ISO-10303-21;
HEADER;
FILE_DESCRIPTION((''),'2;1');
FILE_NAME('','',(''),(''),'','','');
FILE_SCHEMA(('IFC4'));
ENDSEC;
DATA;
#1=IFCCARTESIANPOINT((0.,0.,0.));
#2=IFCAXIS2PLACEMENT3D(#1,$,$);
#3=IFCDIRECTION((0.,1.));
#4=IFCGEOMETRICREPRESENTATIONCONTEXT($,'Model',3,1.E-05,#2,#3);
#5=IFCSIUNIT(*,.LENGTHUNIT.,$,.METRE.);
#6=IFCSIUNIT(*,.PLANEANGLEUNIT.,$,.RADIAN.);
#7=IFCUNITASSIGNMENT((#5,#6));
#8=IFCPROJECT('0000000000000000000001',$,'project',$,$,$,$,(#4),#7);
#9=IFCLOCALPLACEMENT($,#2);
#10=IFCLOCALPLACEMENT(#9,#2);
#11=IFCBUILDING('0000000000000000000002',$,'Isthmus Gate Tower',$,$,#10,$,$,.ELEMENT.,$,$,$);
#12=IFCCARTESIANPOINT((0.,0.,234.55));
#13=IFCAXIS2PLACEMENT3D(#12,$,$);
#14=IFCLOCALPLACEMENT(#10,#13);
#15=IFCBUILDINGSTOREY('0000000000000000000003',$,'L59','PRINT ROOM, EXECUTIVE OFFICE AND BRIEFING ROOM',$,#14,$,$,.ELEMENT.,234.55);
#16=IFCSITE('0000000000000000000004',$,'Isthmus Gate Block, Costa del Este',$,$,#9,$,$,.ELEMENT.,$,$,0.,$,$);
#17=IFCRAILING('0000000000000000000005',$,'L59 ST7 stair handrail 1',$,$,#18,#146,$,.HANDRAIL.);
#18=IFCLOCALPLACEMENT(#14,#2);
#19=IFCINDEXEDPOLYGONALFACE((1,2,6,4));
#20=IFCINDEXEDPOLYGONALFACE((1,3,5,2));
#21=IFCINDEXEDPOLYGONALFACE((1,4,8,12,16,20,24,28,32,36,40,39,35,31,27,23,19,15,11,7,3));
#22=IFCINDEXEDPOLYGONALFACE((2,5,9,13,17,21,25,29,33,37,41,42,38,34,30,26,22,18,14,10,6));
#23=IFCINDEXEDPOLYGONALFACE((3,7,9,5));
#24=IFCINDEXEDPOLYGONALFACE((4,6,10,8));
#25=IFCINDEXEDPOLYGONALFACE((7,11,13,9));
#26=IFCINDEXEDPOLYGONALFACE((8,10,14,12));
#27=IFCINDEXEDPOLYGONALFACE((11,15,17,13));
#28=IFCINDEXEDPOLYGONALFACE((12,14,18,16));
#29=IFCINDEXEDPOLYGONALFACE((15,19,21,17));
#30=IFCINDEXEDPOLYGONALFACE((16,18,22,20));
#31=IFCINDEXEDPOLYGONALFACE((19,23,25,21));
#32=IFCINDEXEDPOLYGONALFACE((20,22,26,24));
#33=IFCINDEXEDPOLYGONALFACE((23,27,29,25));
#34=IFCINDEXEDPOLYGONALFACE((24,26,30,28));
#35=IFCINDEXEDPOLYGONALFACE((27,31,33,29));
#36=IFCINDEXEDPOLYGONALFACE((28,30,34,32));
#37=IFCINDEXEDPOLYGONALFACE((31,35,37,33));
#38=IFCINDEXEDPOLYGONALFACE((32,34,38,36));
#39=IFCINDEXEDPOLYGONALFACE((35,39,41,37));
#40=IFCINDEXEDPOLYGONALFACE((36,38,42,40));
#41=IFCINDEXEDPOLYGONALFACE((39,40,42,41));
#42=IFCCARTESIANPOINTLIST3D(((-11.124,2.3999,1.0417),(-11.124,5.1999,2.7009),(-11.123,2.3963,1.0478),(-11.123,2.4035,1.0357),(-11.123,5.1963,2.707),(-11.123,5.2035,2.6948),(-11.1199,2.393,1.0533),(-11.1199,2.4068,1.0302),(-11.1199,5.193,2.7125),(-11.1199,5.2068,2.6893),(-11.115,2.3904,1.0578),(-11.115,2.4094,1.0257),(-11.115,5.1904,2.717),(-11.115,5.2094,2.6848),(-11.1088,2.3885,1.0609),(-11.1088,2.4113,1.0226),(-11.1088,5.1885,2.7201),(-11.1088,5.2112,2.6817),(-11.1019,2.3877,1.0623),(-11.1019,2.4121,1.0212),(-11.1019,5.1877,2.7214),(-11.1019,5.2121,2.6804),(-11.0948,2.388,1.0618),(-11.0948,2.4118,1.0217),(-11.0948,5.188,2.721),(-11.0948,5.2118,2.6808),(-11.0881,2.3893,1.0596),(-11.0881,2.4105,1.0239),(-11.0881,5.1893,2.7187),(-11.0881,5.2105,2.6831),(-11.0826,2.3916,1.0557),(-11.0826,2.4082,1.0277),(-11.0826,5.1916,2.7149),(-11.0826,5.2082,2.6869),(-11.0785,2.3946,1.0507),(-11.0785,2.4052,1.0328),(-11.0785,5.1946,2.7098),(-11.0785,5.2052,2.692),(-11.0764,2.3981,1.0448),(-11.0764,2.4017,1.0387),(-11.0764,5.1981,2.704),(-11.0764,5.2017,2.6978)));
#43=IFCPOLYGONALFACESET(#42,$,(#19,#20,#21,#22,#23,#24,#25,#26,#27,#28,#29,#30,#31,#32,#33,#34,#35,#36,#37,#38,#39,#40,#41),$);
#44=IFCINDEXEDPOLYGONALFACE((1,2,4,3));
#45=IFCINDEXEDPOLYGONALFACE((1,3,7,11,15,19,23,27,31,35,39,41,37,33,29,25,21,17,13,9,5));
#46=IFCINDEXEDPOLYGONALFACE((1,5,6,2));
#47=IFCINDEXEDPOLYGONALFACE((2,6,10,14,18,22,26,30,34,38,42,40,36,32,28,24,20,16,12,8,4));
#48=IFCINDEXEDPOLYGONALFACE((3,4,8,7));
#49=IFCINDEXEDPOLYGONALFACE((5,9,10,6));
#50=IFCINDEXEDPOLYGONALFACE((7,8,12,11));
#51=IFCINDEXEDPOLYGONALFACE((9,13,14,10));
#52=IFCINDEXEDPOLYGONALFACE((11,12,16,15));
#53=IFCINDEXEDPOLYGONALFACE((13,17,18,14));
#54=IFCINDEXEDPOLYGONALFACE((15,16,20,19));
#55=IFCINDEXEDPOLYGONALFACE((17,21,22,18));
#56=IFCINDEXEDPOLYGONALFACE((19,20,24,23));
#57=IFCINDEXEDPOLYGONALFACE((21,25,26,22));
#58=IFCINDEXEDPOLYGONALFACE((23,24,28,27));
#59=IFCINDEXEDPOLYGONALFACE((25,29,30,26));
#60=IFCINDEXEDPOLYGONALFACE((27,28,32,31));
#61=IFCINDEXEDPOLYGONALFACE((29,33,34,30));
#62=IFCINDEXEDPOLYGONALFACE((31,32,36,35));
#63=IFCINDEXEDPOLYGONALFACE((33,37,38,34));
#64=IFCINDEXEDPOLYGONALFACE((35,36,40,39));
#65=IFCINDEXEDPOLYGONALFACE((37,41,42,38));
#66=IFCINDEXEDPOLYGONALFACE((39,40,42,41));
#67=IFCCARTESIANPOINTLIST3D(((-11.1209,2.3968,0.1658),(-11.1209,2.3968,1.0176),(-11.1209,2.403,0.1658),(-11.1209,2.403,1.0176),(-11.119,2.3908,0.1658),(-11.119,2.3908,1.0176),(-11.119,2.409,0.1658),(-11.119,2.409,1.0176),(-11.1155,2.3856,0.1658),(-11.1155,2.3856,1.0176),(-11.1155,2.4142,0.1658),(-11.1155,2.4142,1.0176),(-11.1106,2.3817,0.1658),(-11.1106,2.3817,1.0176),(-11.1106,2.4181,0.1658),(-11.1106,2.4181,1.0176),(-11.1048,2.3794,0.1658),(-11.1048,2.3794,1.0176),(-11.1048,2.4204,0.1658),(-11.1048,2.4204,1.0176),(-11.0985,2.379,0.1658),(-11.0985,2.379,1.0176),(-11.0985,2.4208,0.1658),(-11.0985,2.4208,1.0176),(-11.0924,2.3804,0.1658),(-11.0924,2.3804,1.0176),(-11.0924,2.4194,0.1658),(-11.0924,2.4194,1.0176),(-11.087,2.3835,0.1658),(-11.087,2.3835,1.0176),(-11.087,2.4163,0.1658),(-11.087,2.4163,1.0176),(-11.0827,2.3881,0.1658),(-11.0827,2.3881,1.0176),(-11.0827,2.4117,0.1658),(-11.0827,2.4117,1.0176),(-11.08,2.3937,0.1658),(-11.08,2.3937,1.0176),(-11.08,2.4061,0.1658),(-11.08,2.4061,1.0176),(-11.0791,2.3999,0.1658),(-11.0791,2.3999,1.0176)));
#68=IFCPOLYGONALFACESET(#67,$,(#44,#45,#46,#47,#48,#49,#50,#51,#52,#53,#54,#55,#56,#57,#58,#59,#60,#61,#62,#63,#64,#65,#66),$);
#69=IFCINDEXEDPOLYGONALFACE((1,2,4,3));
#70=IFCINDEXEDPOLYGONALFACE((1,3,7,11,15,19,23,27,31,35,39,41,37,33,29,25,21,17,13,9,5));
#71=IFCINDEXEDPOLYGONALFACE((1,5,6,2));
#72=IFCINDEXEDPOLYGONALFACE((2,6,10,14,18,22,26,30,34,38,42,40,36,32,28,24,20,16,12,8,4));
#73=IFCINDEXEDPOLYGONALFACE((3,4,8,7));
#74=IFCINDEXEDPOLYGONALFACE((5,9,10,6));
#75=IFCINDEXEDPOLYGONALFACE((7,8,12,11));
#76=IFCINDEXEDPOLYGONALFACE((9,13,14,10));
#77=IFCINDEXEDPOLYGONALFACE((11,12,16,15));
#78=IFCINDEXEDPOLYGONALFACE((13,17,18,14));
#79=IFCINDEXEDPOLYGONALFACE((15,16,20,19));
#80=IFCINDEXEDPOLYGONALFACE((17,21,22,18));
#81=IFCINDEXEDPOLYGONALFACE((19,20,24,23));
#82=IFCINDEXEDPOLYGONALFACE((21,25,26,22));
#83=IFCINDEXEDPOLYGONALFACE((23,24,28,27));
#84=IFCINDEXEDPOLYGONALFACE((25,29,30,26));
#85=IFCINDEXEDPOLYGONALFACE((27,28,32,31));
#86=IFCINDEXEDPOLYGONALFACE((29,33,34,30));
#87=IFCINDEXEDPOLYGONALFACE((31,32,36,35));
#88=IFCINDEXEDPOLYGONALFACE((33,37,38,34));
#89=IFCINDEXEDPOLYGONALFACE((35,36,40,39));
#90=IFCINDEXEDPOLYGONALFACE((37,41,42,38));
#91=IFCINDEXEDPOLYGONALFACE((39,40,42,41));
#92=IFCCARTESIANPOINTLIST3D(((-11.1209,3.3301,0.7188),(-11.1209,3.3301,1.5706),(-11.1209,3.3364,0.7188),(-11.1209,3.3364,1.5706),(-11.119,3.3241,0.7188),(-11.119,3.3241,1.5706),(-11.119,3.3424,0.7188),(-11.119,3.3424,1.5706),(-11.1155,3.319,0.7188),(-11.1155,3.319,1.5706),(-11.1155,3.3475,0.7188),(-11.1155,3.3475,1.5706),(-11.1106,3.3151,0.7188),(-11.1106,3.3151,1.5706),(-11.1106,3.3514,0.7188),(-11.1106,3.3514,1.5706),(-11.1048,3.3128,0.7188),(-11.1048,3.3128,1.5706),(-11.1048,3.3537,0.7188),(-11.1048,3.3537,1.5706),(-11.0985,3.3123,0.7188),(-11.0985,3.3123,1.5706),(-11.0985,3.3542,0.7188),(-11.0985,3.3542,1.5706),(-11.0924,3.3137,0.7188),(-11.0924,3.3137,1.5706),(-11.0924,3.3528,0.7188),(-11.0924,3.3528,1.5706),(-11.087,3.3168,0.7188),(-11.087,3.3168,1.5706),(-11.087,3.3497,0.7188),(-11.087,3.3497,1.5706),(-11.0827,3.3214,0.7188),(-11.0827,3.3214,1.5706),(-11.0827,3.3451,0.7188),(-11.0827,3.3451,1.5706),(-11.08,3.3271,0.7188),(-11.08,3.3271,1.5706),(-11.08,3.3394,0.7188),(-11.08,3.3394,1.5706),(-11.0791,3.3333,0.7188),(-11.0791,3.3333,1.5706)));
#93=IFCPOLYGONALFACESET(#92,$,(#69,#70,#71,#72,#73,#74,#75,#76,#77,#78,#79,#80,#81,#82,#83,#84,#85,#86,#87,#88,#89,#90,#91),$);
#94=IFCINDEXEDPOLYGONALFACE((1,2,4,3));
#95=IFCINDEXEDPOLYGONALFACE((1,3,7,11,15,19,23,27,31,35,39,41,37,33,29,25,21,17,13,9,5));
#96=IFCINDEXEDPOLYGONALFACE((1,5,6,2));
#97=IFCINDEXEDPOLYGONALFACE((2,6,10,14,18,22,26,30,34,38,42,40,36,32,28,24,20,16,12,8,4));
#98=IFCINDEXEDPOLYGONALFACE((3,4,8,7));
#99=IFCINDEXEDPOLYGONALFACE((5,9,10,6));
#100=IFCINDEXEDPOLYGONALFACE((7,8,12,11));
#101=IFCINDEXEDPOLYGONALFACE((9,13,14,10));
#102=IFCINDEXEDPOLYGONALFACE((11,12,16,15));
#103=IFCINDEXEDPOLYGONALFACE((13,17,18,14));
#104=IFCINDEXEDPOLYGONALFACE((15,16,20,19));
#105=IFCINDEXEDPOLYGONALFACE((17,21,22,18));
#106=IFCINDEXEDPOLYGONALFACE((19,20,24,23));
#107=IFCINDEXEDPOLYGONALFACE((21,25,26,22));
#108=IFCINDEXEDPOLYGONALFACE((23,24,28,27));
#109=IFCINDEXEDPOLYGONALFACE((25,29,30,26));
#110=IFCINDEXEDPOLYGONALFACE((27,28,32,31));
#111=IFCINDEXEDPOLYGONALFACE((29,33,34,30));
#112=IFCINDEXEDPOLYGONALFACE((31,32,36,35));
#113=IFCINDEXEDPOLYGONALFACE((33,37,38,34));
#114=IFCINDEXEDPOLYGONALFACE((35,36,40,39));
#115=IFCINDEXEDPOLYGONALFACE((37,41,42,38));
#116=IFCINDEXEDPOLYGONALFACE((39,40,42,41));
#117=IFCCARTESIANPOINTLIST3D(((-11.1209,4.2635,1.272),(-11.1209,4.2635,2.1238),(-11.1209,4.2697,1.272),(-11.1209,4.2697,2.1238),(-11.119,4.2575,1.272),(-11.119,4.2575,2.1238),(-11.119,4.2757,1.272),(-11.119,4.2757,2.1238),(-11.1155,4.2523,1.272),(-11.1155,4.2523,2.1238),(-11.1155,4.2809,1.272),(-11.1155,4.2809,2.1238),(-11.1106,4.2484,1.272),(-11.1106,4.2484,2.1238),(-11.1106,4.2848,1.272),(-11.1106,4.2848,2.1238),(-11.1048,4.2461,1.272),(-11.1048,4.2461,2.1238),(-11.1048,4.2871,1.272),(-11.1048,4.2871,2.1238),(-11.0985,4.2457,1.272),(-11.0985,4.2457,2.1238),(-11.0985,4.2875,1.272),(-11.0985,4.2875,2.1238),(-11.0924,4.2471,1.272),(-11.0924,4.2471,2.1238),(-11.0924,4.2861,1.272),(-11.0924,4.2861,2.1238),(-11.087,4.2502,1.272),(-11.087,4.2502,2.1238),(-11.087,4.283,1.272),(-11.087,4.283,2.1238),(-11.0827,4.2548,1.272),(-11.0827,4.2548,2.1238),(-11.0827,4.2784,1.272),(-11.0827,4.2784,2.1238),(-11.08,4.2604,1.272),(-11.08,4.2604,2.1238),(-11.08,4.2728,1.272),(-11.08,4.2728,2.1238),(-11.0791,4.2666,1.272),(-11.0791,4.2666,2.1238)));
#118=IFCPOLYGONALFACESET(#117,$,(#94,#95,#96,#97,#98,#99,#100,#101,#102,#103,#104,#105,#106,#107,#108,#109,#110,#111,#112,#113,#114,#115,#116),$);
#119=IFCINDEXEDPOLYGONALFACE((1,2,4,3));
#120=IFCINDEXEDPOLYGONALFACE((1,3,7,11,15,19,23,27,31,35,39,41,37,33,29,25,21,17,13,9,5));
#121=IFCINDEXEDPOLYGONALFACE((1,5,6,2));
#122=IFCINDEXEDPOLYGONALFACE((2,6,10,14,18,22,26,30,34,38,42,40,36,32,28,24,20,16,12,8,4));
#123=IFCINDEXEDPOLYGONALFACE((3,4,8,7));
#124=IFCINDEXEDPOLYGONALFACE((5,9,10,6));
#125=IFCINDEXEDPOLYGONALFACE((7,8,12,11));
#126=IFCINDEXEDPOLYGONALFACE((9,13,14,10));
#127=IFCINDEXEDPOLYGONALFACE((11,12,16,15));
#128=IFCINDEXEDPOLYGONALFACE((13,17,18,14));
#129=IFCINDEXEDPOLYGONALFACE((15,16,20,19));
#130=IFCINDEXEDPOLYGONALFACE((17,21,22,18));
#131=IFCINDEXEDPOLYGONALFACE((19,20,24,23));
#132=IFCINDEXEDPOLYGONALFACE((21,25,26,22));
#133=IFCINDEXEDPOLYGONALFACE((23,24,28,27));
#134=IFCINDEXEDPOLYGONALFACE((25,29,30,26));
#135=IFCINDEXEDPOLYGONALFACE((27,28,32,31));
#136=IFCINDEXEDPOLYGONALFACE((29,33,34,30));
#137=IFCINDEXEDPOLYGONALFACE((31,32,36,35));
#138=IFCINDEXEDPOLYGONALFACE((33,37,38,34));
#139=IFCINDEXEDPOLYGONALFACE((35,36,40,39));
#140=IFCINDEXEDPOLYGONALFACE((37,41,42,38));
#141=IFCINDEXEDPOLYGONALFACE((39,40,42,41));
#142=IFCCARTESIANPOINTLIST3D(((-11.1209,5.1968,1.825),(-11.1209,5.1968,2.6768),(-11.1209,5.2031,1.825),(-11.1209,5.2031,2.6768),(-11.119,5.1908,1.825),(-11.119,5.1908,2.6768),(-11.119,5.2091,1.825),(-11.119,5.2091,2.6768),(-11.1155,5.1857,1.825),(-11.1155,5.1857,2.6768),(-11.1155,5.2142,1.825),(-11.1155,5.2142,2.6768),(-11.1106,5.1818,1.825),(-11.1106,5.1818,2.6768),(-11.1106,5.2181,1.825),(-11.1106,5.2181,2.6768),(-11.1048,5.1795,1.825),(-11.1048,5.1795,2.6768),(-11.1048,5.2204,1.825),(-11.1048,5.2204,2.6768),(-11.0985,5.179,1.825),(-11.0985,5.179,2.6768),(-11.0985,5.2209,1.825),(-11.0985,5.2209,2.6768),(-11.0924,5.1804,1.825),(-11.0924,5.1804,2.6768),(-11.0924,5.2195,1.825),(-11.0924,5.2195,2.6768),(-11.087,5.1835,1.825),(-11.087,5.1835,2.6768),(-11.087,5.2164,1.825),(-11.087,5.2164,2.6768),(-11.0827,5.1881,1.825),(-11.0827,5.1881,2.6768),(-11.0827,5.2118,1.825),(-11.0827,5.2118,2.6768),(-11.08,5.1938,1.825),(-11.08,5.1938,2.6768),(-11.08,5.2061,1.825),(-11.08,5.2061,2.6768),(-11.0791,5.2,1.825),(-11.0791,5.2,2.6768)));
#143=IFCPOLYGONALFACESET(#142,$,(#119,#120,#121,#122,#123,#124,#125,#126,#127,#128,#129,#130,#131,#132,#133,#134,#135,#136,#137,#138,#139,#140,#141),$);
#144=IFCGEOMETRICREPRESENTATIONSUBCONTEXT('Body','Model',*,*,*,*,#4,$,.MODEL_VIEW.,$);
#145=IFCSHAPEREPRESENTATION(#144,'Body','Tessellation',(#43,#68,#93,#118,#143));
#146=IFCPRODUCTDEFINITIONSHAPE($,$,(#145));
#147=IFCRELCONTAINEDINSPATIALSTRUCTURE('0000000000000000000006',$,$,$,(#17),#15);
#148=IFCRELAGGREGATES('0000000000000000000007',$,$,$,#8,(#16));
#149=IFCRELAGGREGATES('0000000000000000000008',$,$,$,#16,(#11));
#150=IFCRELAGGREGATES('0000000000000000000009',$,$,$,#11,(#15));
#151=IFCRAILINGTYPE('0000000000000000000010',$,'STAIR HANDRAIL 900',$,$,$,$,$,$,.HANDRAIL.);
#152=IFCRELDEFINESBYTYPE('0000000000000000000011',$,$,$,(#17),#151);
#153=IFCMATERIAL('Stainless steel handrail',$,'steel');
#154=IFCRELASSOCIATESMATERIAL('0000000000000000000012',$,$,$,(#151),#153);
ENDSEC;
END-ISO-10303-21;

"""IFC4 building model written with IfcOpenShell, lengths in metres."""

from ifc_helpers import new_model, si_unit, direction, frame, origin, origin_2d, place, context, subcontext, project, spatial, circle, extrude, material, type_object, element, save


model = new_model("IFC4")

# Units and contexts
model_context = context("Model", 3, precision=1e-05, world=origin(), true_north=direction((0.0, 1.0)))
body_context = subcontext(model_context, "Body", "Model", "MODEL_VIEW")
ifc_project = project(units=[si_unit("LENGTHUNIT", "METRE"), si_unit("PLANEANGLEUNIT", "RADIAN")], contexts=[model_context])

# Site, building, storey
site_placement = place(None, origin())
site = spatial("IfcSite", under=ifc_project, at=site_placement, Name="Isthmus Gate Block, Costa del Este", CompositionType="ELEMENT", RefElevation=0.0)
building_placement = place(site_placement, origin())
building = spatial("IfcBuilding", under=site, at=building_placement, Name="Isthmus Gate Tower", CompositionType="ELEMENT")
storey_placement = place(building_placement, frame((0.0, 0.0, 234.55)))
storey = spatial("IfcBuildingStorey", under=building, at=storey_placement, Name="L59", Description="PRINT ROOM, EXECUTIVE OFFICE AND BRIEFING ROOM", CompositionType="ELEMENT", Elevation=234.55)

# Railing
ifc_material_1 = material(Name="Stainless steel handrail", Category="steel")
railing_type_1 = type_object("IfcRailingType", Name="STAIR HANDRAIL 900", PredefinedType="HANDRAIL", material=ifc_material_1)
railing_1_placement = place(storey_placement, frame((-11.1001, 2.3999, 0.1658)))
element("IfcRailing", 1, at=railing_1_placement, inside=storey, type_object=railing_type_1, Name="L59 ST7 stair handrail 1", PredefinedType="HANDRAIL", context=body_context, shape_type="SweptSolid", body=[
    extrude(circle(Radius=0.0239, at=origin_2d()), frame((0.0, 0.0, 0.876), z_axis=(0.0, 0.860306, 0.509778), x_axis=(-1.0, 0.0, 0.0)), (0.0, 0.0, 1.0), 3.2546),
    extrude(circle(Radius=0.021, at=origin_2d()), origin(), (0.0, 0.0, 1.0), 0.8518),
    extrude(circle(Radius=0.021, at=origin_2d()), frame((0.0, 0.9333, 0.553)), (0.0, 0.0, 1.0), 0.8518),
    extrude(circle(Radius=0.021, at=origin_2d()), frame((0.0, 1.8667, 1.1062)), (0.0, 0.0, 1.0), 0.8518),
    extrude(circle(Radius=0.021, at=origin_2d()), frame((0.0, 2.8, 1.6592)), (0.0, 0.0, 1.0), 0.8518),
])

save(model, "model.ifc")
